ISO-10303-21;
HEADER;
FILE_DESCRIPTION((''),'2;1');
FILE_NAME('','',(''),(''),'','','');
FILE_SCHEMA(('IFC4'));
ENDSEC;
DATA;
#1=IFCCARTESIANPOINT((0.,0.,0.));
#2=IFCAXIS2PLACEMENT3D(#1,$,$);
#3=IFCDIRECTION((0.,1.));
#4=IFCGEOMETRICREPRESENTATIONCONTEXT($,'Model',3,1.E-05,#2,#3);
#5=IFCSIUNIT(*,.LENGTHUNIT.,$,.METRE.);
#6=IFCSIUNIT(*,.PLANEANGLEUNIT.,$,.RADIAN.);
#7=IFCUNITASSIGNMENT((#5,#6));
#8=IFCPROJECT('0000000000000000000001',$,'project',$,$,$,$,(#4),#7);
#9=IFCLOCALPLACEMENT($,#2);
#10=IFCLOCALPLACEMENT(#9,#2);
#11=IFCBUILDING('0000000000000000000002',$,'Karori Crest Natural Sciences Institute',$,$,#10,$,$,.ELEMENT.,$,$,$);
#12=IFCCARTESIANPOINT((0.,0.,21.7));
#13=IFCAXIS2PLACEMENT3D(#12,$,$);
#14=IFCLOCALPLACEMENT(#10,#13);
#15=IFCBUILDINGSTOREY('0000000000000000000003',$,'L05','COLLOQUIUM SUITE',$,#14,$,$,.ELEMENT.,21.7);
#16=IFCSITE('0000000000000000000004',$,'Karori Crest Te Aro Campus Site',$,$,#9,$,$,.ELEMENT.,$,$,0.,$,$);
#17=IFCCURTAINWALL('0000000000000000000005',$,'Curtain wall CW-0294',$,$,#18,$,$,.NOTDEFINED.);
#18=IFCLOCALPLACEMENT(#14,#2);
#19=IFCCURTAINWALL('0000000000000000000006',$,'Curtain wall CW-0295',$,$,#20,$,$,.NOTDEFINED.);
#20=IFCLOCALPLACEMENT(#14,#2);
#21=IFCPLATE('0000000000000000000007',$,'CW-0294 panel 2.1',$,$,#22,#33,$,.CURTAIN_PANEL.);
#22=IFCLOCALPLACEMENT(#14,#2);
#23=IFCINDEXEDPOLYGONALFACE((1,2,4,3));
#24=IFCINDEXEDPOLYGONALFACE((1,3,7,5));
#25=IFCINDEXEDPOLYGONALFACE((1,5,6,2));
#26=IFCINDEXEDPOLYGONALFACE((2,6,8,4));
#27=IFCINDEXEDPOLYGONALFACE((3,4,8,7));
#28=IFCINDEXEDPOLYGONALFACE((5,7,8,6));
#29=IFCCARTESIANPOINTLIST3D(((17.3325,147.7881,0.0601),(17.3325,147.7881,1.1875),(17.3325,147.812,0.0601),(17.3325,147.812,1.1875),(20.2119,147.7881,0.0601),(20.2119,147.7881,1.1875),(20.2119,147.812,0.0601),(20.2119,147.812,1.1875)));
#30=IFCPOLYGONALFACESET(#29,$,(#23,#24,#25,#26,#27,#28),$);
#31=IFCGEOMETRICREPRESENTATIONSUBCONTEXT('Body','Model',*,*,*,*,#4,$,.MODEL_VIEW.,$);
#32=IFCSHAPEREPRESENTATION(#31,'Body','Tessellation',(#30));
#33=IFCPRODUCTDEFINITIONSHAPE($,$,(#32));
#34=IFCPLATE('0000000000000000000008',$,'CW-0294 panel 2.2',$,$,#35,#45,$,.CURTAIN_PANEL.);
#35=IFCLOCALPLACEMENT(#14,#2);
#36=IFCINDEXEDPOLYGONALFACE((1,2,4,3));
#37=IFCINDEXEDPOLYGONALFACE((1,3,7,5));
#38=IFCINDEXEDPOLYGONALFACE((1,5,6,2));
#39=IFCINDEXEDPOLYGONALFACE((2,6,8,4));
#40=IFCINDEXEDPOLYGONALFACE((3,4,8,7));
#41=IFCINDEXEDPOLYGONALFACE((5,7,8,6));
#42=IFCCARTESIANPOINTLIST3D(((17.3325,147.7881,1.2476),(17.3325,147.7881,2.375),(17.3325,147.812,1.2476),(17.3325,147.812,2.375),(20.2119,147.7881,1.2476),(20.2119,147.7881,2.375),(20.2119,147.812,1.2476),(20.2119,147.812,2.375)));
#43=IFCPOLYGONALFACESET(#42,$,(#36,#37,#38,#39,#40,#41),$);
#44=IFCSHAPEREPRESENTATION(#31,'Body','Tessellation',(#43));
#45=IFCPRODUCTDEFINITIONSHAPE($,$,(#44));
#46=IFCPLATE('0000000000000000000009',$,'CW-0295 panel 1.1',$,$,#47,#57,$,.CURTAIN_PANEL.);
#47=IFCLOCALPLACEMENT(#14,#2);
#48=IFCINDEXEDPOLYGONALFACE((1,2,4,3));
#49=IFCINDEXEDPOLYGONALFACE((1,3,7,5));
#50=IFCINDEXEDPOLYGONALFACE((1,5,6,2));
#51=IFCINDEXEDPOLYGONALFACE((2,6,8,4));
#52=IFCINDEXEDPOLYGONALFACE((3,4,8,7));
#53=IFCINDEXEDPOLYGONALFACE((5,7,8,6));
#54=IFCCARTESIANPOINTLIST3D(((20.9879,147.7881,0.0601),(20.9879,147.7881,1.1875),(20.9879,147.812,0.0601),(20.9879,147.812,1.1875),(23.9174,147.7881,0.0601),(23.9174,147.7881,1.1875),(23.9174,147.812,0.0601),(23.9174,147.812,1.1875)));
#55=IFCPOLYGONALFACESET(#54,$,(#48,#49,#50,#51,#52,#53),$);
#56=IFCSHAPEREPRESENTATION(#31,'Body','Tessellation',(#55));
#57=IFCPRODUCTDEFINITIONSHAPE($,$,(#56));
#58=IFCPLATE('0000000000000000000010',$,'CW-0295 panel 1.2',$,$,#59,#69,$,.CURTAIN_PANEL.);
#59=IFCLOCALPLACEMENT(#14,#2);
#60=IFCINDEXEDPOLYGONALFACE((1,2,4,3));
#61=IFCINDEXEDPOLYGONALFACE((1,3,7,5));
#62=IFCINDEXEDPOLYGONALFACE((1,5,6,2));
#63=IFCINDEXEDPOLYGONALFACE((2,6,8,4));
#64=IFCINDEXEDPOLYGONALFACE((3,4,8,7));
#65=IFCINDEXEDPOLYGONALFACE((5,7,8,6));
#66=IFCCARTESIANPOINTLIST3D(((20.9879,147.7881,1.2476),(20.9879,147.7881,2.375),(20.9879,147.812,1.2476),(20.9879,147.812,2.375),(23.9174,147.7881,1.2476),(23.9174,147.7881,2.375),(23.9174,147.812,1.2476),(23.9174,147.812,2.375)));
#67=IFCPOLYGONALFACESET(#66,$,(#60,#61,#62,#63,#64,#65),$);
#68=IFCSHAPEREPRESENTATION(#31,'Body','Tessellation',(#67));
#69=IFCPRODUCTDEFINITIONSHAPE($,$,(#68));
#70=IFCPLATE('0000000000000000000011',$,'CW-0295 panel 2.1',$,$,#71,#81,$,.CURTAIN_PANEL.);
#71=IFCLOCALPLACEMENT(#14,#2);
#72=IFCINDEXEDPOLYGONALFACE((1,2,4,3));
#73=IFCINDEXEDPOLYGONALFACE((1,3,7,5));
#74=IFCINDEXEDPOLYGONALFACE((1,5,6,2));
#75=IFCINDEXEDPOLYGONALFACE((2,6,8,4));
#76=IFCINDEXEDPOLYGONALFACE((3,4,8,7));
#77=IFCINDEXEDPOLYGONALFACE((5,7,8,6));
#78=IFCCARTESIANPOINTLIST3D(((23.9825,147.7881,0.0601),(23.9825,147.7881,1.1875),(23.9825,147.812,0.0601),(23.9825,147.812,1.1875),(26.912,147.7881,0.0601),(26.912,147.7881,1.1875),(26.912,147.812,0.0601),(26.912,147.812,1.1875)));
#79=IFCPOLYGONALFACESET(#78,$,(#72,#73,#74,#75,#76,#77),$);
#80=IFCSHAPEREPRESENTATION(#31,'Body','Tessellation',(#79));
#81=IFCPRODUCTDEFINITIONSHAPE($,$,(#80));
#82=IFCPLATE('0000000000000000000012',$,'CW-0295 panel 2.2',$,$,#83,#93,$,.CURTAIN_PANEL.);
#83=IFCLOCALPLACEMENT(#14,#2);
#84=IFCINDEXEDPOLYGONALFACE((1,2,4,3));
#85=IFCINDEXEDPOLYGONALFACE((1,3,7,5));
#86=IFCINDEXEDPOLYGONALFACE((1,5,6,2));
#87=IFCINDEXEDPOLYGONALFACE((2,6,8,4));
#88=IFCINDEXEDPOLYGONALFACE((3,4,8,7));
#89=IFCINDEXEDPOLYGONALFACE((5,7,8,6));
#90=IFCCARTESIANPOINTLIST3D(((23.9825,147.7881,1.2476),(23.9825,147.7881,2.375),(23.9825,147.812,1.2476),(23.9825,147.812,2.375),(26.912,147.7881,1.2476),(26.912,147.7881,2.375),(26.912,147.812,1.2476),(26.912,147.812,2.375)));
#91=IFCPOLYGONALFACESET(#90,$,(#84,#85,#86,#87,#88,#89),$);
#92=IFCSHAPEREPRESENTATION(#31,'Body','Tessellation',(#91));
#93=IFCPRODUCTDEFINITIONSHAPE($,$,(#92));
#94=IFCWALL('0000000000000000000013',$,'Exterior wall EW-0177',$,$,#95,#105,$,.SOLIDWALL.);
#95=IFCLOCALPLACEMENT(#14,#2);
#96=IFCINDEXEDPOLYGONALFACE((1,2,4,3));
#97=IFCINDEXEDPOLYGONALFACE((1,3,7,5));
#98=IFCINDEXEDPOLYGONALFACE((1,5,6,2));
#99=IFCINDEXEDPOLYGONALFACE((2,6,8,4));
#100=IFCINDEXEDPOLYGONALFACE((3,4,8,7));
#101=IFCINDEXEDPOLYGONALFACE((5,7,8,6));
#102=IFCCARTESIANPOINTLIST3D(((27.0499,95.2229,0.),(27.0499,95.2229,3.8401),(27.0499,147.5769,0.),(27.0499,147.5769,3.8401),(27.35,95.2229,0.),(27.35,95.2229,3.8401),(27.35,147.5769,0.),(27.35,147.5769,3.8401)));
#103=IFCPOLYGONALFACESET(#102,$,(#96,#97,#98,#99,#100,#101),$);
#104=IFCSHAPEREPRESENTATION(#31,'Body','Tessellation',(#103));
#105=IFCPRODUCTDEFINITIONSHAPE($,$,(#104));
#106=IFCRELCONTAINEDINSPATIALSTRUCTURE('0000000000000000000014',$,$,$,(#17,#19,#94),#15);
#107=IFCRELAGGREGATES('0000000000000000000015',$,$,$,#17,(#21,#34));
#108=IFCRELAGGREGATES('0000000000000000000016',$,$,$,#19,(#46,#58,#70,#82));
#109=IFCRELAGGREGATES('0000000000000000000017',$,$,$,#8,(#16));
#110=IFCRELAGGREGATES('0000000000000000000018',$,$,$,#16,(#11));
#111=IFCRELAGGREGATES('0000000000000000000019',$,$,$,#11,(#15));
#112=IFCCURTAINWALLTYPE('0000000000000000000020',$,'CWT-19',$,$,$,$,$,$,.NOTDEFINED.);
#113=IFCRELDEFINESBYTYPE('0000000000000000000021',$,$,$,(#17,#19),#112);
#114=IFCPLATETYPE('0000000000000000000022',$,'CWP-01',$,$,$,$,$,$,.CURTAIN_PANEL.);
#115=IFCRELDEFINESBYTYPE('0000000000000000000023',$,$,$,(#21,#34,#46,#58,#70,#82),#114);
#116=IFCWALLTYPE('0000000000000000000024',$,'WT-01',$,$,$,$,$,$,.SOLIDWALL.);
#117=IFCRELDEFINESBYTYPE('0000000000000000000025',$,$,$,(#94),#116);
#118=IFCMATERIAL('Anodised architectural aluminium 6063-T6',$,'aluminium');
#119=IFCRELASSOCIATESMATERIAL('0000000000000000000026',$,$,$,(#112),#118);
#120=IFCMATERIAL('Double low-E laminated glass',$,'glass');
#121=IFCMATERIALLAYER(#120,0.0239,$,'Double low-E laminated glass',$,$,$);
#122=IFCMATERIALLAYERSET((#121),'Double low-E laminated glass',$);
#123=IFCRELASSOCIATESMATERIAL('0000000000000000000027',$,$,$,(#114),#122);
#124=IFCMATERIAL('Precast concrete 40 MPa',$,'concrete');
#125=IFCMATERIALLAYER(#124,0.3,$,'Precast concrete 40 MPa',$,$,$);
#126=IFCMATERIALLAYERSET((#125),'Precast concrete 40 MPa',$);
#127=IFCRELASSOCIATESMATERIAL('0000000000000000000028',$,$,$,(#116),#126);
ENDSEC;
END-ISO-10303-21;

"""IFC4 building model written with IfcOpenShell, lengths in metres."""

from ifc_helpers import new_model, si_unit, direction, frame, frame_2d, origin, origin_2d, place, context, subcontext, project, spatial, rectangle, extrude, material, layer, layer_set, type_object, element, aggregate, save


model = new_model("IFC4")

# Units and contexts
model_context = context("Model", 3, precision=1e-05, world=origin(), true_north=direction((0.0, 1.0)))
body_context = subcontext(model_context, "Body", "Model", "MODEL_VIEW")
ifc_project = project(units=[si_unit("LENGTHUNIT", "METRE"), si_unit("PLANEANGLEUNIT", "RADIAN")], contexts=[model_context])

# Site, building, storey
site_placement = place(None, origin())
site = spatial("IfcSite", under=ifc_project, at=site_placement, Name="Karori Crest Te Aro Campus Site", CompositionType="ELEMENT", RefElevation=0.0)
building_placement = place(site_placement, origin())
building = spatial("IfcBuilding", under=site, at=building_placement, Name="Karori Crest Natural Sciences Institute", CompositionType="ELEMENT")
storey_placement = place(building_placement, frame((0.0, 0.0, 21.7)))
storey = spatial("IfcBuildingStorey", under=building, at=storey_placement, Name="L05", Description="COLLOQUIUM SUITE", CompositionType="ELEMENT", Elevation=21.7)

# Curtain wall
ifc_material_1 = material(Name="Anodised architectural aluminium 6063-T6", Category="aluminium")
curtain_wall_type = type_object("IfcCurtainWallType", Name="CWT-19", PredefinedType="NOTDEFINED", material=ifc_material_1)
curtain_wall_1_placement = place(storey_placement, origin())
curtain_wall_1 = element("IfcCurtainWall", 1, at=curtain_wall_1_placement, inside=storey, type_object=curtain_wall_type, Name="Curtain wall CW-0294", PredefinedType="NOTDEFINED")

# Curtain wall
curtain_wall_2_placement = place(storey_placement, origin())
curtain_wall_2 = element("IfcCurtainWall", 2, at=curtain_wall_2_placement, inside=storey, type_object=curtain_wall_type, Name="Curtain wall CW-0295", PredefinedType="NOTDEFINED")

# Plates
ifc_material_2 = material(Name="Double low-E laminated glass", Category="glass")
ifc_layer_1 = layer(ifc_material_2, 0.0239, Name="Double low-E laminated glass")
ifc_layer_set_1 = layer_set([ifc_layer_1], Name="Double low-E laminated glass")
plate_type = type_object("IfcPlateType", Name="CWP-01", PredefinedType="CURTAIN_PANEL", material=ifc_layer_set_1)
plate_1_placement = place(storey_placement, frame((18.7722, 147.8, 0.0601), z_axis=(0.0, 0.0, 1.0), x_axis=(1.0, 0.0, 0.0)))
plate_1 = element("IfcPlate", 3, at=plate_1_placement, type_object=plate_type, Name="CW-0294 panel 2.1", PredefinedType="CURTAIN_PANEL", context=body_context, shape_type="SweptSolid", body=[
    extrude(rectangle(XDim=2.8794, YDim=0.0239, at=origin_2d()), origin(), (0.0, 0.0, 1.0), 1.1274),
])
plate_2_placement = place(storey_placement, frame((18.7722, 147.8, 1.2476), z_axis=(0.0, 0.0, 1.0), x_axis=(1.0, 0.0, 0.0)))
plate_2 = element("IfcPlate", 4, at=plate_2_placement, type_object=plate_type, Name="CW-0294 panel 2.2", PredefinedType="CURTAIN_PANEL", context=body_context, shape_type="SweptSolid", body=[
    extrude(rectangle(XDim=2.8794, YDim=0.0239, at=origin_2d()), origin(), (0.0, 0.0, 1.0), 1.1274),
])
aggregate(curtain_wall_1, [plate_1, plate_2])
plate_3_placement = place(storey_placement, frame((22.4526, 147.8, 0.0601), z_axis=(0.0, 0.0, 1.0), x_axis=(1.0, 0.0, 0.0)))
plate_3 = element("IfcPlate", 5, at=plate_3_placement, type_object=plate_type, Name="CW-0295 panel 1.1", PredefinedType="CURTAIN_PANEL", context=body_context, shape_type="SweptSolid", body=[
    extrude(rectangle(XDim=2.9294, YDim=0.0239, at=origin_2d()), origin(), (0.0, 0.0, 1.0), 1.1274),
])
plate_4_placement = place(storey_placement, frame((22.4526, 147.8, 1.2476), z_axis=(0.0, 0.0, 1.0), x_axis=(1.0, 0.0, 0.0)))
plate_4 = element("IfcPlate", 6, at=plate_4_placement, type_object=plate_type, Name="CW-0295 panel 1.2", PredefinedType="CURTAIN_PANEL", context=body_context, shape_type="SweptSolid", body=[
    extrude(rectangle(XDim=2.9294, YDim=0.0239, at=origin_2d()), origin(), (0.0, 0.0, 1.0), 1.1274),
])
plate_5_placement = place(storey_placement, frame((25.4473, 147.8, 0.0601), z_axis=(0.0, 0.0, 1.0), x_axis=(1.0, 0.0, 0.0)))
plate_5 = element("IfcPlate", 7, at=plate_5_placement, type_object=plate_type, Name="CW-0295 panel 2.1", PredefinedType="CURTAIN_PANEL", context=body_context, shape_type="SweptSolid", body=[
    extrude(rectangle(XDim=2.9294, YDim=0.0239, at=origin_2d()), origin(), (0.0, 0.0, 1.0), 1.1274),
])
plate_6_placement = place(storey_placement, frame((25.4473, 147.8, 1.2476), z_axis=(0.0, 0.0, 1.0), x_axis=(1.0, 0.0, 0.0)))
plate_6 = element("IfcPlate", 8, at=plate_6_placement, type_object=plate_type, Name="CW-0295 panel 2.2", PredefinedType="CURTAIN_PANEL", context=body_context, shape_type="SweptSolid", body=[
    extrude(rectangle(XDim=2.9294, YDim=0.0239, at=origin_2d()), origin(), (0.0, 0.0, 1.0), 1.1274),
])
aggregate(curtain_wall_2, [plate_3, plate_4, plate_5, plate_6])

# Wall
ifc_material_3 = material(Name="Precast concrete 40 MPa", Category="concrete")
ifc_layer_2 = layer(ifc_material_3, 0.3, Name="Precast concrete 40 MPa")
ifc_layer_set_2 = layer_set([ifc_layer_2], Name="Precast concrete 40 MPa")
wall_type = type_object("IfcWallType", Name="WT-01", PredefinedType="SOLIDWALL", material=ifc_layer_set_2)
wall_placement = place(storey_placement, frame((27.2, 147.5769, 0.0), z_axis=(0.0, 0.0, 1.0), x_axis=(0.0, -1.0, 0.0)))
element("IfcWall", 9, at=wall_placement, inside=storey, type_object=wall_type, Name="Exterior wall EW-0177", PredefinedType="SOLIDWALL", context=body_context, shape_type="SweptSolid", body=[
    extrude(rectangle(XDim=52.354, YDim=0.3, at=frame_2d((26.177, 0.0))), origin(), (0.0, 0.0, 1.0), 3.8401),
])

save(model, "model.ifc")
